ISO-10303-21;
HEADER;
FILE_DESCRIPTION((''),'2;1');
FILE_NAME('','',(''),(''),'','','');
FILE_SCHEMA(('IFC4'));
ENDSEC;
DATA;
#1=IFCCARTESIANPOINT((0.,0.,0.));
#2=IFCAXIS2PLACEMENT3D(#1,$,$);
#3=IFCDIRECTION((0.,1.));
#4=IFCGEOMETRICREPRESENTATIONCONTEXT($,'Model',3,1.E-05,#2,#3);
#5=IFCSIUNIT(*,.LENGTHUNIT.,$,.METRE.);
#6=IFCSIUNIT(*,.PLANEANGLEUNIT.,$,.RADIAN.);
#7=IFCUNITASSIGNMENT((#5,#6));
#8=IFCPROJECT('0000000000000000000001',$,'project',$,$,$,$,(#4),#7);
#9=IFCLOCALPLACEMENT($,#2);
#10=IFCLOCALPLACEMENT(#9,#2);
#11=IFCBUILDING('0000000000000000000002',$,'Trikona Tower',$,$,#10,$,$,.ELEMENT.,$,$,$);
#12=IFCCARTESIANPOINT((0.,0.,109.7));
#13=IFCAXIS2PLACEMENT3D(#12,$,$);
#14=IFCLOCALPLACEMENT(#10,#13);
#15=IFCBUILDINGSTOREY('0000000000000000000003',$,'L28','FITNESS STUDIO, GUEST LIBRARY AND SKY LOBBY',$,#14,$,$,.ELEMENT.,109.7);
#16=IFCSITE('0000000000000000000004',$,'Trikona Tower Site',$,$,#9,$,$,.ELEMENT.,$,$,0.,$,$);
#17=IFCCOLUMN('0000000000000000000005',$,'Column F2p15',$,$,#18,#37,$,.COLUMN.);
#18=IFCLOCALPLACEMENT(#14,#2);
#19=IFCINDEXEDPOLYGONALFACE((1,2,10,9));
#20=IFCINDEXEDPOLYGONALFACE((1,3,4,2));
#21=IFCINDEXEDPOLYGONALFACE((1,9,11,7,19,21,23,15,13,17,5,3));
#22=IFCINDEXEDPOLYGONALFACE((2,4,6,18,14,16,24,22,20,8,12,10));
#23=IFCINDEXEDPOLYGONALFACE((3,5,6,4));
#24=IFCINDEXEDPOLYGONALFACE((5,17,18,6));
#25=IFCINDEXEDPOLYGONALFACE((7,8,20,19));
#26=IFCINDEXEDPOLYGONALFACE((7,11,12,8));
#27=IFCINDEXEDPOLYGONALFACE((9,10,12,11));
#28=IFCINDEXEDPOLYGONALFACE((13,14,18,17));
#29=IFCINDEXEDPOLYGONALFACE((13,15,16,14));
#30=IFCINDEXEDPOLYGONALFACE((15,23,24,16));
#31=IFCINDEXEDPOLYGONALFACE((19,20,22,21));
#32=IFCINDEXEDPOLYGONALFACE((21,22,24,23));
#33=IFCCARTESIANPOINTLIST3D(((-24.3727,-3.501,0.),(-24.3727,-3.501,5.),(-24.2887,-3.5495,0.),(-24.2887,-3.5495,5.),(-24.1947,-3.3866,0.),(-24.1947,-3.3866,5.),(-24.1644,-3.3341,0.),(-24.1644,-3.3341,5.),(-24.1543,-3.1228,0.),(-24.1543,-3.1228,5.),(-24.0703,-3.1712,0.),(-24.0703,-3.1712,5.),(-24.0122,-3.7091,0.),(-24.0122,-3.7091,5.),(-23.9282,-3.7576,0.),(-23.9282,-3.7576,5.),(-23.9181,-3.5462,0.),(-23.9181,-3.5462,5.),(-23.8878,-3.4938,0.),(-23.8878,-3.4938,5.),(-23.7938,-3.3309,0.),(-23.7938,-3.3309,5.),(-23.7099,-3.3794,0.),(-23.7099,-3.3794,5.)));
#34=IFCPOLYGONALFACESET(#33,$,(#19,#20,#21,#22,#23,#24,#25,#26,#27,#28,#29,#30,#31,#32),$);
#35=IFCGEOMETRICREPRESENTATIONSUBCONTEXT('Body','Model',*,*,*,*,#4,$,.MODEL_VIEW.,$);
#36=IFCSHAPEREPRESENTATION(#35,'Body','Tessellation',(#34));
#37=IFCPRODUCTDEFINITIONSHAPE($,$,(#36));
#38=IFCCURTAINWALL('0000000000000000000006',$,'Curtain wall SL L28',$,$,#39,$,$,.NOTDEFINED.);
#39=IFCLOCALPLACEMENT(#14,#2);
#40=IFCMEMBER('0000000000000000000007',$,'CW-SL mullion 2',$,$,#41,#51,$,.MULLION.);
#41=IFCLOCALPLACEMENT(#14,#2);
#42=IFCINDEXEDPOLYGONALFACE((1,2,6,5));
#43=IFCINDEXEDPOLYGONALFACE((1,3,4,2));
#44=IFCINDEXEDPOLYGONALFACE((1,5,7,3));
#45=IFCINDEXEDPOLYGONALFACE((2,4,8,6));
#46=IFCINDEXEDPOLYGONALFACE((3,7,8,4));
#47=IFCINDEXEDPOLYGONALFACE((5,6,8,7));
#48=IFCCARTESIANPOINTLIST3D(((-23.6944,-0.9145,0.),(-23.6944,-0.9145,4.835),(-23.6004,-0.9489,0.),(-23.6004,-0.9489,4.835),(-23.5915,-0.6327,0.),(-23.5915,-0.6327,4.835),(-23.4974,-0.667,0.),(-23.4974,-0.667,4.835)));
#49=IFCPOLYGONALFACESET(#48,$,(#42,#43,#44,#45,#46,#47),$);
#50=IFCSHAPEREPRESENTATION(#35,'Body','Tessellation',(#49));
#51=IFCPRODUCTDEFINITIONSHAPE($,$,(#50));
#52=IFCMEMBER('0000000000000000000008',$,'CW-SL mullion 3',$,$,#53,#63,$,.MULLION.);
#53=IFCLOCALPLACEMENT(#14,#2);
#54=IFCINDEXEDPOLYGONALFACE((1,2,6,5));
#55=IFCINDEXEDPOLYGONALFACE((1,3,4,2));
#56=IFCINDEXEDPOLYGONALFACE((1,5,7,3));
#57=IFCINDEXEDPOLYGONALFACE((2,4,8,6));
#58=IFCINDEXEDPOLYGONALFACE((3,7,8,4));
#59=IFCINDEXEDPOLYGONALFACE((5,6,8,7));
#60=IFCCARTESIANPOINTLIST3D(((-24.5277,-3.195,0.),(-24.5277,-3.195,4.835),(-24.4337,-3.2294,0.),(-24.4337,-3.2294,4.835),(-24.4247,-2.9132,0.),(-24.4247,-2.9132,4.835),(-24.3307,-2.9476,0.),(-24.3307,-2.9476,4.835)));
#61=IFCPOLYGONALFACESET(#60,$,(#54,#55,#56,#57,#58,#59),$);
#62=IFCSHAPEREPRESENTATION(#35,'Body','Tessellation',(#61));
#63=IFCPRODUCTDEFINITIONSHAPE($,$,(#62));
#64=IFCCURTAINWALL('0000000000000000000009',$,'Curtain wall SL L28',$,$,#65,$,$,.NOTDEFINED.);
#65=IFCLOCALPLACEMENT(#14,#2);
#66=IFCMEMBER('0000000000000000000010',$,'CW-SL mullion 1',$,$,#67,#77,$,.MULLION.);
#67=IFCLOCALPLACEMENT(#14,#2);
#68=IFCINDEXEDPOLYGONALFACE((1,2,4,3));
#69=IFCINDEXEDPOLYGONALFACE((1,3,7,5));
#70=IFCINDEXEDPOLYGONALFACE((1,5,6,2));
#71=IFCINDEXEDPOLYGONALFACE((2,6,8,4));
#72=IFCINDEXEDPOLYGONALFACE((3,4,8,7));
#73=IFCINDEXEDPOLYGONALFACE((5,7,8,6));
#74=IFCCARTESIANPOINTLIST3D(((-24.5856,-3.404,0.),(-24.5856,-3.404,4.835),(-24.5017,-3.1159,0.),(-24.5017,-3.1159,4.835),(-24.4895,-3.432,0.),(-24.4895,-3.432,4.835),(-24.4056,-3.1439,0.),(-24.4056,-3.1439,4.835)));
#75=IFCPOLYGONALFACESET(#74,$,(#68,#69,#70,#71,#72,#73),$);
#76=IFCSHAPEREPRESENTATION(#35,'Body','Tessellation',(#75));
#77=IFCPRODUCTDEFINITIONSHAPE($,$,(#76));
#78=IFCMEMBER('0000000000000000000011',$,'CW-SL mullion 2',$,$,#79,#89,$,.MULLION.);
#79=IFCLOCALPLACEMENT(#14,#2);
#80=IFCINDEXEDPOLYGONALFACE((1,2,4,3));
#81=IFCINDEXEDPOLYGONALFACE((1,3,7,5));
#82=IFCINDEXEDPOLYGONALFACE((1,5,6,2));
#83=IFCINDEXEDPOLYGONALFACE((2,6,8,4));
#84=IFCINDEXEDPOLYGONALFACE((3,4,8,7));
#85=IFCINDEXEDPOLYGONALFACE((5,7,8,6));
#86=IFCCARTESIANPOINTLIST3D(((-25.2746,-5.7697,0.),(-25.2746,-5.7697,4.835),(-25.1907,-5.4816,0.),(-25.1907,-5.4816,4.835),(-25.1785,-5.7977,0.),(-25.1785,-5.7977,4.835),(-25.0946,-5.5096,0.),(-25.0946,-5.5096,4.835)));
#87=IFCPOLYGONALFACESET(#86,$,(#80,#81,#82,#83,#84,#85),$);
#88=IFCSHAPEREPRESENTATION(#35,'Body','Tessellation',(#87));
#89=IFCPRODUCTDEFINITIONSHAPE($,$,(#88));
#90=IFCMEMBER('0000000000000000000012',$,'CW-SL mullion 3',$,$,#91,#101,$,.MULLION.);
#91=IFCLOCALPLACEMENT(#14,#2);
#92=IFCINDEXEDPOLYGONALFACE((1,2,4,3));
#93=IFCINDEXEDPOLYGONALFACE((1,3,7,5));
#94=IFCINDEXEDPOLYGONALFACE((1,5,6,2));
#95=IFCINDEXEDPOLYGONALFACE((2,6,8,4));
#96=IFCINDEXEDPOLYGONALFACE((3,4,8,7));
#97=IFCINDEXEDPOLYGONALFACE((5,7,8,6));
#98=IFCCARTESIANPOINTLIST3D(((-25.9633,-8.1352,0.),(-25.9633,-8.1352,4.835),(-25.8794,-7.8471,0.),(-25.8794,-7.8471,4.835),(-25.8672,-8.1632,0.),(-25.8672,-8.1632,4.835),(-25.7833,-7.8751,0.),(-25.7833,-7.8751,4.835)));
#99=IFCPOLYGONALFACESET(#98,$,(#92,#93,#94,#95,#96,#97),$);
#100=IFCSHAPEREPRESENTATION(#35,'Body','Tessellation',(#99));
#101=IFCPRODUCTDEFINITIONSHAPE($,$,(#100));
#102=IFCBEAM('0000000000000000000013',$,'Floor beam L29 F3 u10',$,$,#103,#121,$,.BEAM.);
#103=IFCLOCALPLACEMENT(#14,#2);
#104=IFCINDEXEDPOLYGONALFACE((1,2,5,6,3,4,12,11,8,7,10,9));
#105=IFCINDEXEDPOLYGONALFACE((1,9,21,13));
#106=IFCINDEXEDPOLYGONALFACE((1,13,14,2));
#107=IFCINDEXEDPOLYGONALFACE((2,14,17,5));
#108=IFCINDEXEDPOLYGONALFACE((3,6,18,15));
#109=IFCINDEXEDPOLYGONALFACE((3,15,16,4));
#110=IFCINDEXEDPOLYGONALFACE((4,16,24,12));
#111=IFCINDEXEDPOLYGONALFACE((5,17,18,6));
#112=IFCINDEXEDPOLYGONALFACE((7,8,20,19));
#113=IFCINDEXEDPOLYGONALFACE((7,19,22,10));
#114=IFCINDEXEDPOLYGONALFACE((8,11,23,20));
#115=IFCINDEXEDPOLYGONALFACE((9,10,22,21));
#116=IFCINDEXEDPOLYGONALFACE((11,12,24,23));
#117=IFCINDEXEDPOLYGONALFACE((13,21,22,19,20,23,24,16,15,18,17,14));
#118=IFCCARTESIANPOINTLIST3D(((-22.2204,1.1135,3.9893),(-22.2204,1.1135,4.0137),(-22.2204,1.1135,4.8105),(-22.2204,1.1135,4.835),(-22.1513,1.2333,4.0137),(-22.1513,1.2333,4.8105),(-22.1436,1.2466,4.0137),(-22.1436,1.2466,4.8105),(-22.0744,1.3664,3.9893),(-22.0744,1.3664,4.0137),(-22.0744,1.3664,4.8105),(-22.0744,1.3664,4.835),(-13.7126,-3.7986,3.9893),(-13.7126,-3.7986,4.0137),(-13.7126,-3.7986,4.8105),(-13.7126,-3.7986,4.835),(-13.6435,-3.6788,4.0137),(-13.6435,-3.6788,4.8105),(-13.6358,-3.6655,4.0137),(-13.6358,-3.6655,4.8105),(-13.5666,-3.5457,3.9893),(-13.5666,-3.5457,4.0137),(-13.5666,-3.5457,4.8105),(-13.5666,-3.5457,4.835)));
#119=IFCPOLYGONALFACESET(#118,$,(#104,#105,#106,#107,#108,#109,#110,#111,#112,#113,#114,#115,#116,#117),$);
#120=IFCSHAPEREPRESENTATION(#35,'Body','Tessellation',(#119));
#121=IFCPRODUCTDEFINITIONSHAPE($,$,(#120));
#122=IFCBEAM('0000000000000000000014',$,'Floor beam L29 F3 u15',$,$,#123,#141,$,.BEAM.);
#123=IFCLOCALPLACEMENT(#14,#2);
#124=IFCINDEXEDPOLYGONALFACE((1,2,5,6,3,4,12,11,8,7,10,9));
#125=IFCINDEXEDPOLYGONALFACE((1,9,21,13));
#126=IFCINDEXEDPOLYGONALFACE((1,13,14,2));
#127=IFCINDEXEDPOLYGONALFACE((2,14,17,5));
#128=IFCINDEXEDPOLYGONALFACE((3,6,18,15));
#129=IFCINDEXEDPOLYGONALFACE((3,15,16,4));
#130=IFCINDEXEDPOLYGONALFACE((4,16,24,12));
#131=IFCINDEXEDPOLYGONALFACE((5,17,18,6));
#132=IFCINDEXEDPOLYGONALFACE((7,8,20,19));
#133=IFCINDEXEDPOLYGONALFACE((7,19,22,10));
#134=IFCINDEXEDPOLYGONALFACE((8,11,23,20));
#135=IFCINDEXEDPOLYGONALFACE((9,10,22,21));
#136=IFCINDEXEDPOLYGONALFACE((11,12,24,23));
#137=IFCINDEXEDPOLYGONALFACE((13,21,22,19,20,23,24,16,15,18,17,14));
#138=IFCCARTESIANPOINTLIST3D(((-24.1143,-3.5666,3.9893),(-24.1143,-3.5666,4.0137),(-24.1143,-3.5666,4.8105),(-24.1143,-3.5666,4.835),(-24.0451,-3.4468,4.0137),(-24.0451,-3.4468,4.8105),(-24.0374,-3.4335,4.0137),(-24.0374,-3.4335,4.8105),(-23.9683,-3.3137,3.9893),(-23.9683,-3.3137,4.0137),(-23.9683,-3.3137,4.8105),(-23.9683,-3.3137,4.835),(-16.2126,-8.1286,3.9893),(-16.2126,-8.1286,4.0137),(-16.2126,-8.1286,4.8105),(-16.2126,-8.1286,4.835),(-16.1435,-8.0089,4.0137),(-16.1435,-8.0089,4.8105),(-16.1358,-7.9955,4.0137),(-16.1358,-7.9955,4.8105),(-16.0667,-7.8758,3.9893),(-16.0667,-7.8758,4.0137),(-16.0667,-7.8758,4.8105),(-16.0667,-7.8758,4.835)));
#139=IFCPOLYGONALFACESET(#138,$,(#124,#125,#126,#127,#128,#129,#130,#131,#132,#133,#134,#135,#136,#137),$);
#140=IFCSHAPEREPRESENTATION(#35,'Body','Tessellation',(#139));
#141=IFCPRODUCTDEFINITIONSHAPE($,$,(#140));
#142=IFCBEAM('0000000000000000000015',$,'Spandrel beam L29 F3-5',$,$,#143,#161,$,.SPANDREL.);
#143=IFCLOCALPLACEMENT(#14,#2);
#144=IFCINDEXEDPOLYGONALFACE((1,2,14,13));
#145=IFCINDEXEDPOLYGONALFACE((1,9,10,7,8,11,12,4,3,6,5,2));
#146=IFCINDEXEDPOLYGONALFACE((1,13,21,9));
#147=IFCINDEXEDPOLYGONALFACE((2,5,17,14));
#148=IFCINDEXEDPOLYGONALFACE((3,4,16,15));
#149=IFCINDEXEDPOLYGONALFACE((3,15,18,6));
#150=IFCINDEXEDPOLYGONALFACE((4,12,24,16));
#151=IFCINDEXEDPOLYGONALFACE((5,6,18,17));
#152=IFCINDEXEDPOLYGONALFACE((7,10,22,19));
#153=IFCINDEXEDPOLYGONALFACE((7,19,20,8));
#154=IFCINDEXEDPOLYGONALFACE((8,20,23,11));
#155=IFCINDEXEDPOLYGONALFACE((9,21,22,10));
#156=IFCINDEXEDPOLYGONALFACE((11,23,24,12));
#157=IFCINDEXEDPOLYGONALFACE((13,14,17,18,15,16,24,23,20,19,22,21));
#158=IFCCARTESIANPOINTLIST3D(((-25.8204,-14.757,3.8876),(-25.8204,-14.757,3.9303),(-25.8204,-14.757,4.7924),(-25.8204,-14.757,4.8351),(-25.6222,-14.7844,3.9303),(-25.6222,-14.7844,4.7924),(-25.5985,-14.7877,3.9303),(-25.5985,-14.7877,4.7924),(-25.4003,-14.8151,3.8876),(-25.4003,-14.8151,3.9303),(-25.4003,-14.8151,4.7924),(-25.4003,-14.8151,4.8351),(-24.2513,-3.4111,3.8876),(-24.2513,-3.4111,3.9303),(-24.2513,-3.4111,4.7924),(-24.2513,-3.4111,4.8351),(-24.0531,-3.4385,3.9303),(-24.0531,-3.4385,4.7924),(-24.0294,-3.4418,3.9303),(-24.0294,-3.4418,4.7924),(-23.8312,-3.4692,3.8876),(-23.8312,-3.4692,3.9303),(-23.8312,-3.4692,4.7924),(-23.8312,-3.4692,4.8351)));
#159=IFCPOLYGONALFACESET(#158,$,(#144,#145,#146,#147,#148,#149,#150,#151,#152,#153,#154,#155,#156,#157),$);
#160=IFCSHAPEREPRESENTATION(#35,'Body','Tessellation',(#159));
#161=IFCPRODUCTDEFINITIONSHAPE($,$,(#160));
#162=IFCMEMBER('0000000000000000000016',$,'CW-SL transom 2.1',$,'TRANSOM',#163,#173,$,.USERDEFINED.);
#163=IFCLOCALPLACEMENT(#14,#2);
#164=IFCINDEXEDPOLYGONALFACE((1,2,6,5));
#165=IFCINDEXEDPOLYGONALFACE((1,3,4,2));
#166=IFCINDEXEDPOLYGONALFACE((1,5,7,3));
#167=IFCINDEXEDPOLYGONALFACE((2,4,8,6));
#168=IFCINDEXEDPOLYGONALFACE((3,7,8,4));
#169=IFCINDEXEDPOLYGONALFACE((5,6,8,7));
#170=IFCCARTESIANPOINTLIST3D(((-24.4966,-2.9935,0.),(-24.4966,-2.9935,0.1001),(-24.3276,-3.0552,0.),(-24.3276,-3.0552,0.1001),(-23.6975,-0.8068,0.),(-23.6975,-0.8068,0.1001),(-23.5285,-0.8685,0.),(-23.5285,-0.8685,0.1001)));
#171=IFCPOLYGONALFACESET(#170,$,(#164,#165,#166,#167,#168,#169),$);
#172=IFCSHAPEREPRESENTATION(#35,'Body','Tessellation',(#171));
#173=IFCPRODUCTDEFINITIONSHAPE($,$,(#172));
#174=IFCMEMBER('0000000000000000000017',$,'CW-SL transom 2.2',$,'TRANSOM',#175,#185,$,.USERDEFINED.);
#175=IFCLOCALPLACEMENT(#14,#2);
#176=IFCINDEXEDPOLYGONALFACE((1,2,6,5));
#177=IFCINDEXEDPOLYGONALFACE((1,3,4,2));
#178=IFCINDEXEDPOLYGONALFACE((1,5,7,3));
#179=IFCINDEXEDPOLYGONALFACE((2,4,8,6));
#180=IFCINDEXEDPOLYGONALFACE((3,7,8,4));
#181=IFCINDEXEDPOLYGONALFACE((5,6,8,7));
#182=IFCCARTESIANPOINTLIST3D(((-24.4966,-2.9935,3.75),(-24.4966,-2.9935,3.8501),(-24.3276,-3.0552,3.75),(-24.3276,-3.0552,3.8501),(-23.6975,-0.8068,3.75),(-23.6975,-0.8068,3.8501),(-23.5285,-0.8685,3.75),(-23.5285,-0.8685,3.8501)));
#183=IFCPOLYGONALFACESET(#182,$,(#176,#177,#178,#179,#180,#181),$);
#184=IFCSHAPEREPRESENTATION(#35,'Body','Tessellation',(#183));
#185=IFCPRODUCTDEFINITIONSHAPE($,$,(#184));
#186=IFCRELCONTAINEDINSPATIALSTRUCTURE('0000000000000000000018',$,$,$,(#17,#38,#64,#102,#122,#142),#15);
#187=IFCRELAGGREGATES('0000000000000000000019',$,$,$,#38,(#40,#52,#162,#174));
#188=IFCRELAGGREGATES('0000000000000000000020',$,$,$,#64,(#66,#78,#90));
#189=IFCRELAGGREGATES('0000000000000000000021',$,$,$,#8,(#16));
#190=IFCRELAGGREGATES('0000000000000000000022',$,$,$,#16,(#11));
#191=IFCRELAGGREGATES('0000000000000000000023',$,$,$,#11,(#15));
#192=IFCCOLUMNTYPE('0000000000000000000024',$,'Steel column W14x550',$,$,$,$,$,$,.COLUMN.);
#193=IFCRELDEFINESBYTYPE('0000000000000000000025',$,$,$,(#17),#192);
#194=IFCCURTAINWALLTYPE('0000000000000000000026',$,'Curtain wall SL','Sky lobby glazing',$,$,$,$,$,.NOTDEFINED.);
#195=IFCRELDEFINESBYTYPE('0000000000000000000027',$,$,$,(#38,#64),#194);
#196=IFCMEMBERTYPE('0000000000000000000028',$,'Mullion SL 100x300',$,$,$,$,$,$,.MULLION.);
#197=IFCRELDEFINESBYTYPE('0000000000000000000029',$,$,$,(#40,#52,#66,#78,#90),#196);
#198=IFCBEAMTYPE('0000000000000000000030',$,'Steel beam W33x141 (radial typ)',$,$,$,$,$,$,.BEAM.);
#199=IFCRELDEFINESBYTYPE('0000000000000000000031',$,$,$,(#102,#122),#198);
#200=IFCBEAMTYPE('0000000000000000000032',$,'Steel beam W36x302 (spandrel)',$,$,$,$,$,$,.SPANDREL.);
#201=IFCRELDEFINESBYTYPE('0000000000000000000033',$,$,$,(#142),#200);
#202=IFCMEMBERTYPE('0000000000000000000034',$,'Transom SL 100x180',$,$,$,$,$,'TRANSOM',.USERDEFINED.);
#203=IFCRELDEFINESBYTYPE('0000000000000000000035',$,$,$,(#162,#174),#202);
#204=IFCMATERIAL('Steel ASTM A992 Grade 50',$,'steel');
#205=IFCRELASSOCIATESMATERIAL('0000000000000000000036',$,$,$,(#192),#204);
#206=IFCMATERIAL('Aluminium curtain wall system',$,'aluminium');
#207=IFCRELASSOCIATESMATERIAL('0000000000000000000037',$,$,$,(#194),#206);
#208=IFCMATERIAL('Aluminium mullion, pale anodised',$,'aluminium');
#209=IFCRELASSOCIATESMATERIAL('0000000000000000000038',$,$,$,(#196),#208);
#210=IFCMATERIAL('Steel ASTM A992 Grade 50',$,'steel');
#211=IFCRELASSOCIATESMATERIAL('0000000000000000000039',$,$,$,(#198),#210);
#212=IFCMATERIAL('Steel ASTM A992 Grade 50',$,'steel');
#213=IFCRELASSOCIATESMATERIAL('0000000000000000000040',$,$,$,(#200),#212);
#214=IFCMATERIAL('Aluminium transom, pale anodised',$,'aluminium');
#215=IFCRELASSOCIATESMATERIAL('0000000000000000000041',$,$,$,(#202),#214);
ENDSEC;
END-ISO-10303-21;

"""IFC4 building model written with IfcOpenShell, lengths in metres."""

from ifc_helpers import new_model, si_unit, direction, frame, origin, origin_2d, place, context, subcontext, project, spatial, rectangle, i_section, extrude, material, material_profile, profile_set, type_object, element, aggregate, save


model = new_model("IFC4")

# Units and contexts
model_context = context("Model", 3, precision=1e-05, world=origin(), true_north=direction((0.0, 1.0)))
body_context = subcontext(model_context, "Body", "Model", "MODEL_VIEW")
ifc_project = project(units=[si_unit("LENGTHUNIT", "METRE"), si_unit("PLANEANGLEUNIT", "RADIAN")], contexts=[model_context])

# Site, building, storey
site_placement = place(None, origin())
site = spatial("IfcSite", under=ifc_project, at=site_placement, Name="Trikona Tower Site", CompositionType="ELEMENT", RefElevation=0.0)
building_placement = place(site_placement, origin())
building = spatial("IfcBuilding", under=site, at=building_placement, Name="Trikona Tower", CompositionType="ELEMENT")
storey_placement = place(building_placement, frame((0.0, 0.0, 109.7)))
storey = spatial("IfcBuildingStorey", under=building, at=storey_placement, Name="L28", Description="FITNESS STUDIO, GUEST LIBRARY AND SKY LOBBY", CompositionType="ELEMENT", Elevation=109.7)

# Column
ifc_material_1 = material(Name="Steel ASTM A992 Grade 50", Category="steel")
ifc_material_profile_1 = material_profile(ifc_material_1, i_section(OverallWidth=0.4368, OverallDepth=0.5132, WebThickness=0.0605, FlangeThickness=0.0969, at=origin_2d()), Name="W14X550")
ifc_profile_set_1 = profile_set([ifc_material_profile_1], Name="Steel ASTM A992 Grade 50")
column_type = type_object("IfcColumnType", Name="Steel column W14x550", PredefinedType="COLUMN", material=ifc_profile_set_1)
column_placement = place(storey_placement, frame((-24.0413, -3.4402, 0.0), z_axis=(0.0, 0.0, 1.0), x_axis=(-0.5, -0.866025, 0.0)))
element("IfcColumn", 1, at=column_placement, inside=storey, type_object=column_type, Name="Column F2p15", PredefinedType="COLUMN", context=body_context, shape_type="SweptSolid", body=[
    extrude(i_section(OverallWidth=0.4368, OverallDepth=0.5132, WebThickness=0.0605, FlangeThickness=0.0969, at=origin_2d()), origin(), (0.0, 0.0, 1.0), 5.0),
])

# Curtain walls, members
ifc_material_2 = material(Name="Aluminium curtain wall system", Category="aluminium")
curtain_wall_type = type_object("IfcCurtainWallType", Name="Curtain wall SL", Description="Sky lobby glazing", PredefinedType="NOTDEFINED", material=ifc_material_2)
curtain_wall_1_placement = place(storey_placement, origin())
curtain_wall_1 = element("IfcCurtainWall", 2, at=curtain_wall_1_placement, inside=storey, type_object=curtain_wall_type, Name="Curtain wall SL L28", PredefinedType="NOTDEFINED")
ifc_material_3 = material(Name="Aluminium mullion, pale anodised", Category="aluminium")
ifc_material_profile_2 = material_profile(ifc_material_3, rectangle(XDim=0.1001, YDim=0.3, at=origin_2d()), Name="MUL-SL")
ifc_profile_set_2 = profile_set([ifc_material_profile_2], Name="Aluminium mullion, pale anodised")
member_type_1 = type_object("IfcMemberType", Name="Mullion SL 100x300", PredefinedType="MULLION", material=ifc_profile_set_2)
member_1_placement = place(storey_placement, frame((-23.5959, -0.7908, 0.0), z_axis=(0.0, 0.0, 1.0), x_axis=(0.939256, -0.343217, 0.0)))
member_1 = element("IfcMember", 3, at=member_1_placement, type_object=member_type_1, Name="CW-SL mullion 2", PredefinedType="MULLION", context=body_context, shape_type="SweptSolid", body=[
    extrude(rectangle(XDim=0.1001, YDim=0.3, at=origin_2d()), origin(), (0.0, 0.0, 1.0), 4.835),
])
member_2_placement = place(storey_placement, frame((-24.4292, -3.0713, 0.0), z_axis=(0.0, 0.0, 1.0), x_axis=(0.939256, -0.343217, 0.0)))
member_2 = element("IfcMember", 4, at=member_2_placement, type_object=member_type_1, Name="CW-SL mullion 3", PredefinedType="MULLION", context=body_context, shape_type="SweptSolid", body=[
    extrude(rectangle(XDim=0.1001, YDim=0.3, at=origin_2d()), origin(), (0.0, 0.0, 1.0), 4.835),
])
curtain_wall_2_placement = place(storey_placement, origin())
curtain_wall_2 = element("IfcCurtainWall", 5, at=curtain_wall_2_placement, inside=storey, type_object=curtain_wall_type, Name="Curtain wall SL L28", PredefinedType="NOTDEFINED")
member_3_placement = place(storey_placement, frame((-24.4956, -3.2739, 0.0), z_axis=(0.0, 0.0, 1.0), x_axis=(0.960132, -0.279549, 0.0)))
member_3 = element("IfcMember", 6, at=member_3_placement, type_object=member_type_1, Name="CW-SL mullion 1", PredefinedType="MULLION", context=body_context, shape_type="SweptSolid", body=[
    extrude(rectangle(XDim=0.1001, YDim=0.3, at=origin_2d()), origin(), (0.0, 0.0, 1.0), 4.835),
])
member_4_placement = place(storey_placement, frame((-25.1846, -5.6396, 0.0), z_axis=(0.0, 0.0, 1.0), x_axis=(0.960132, -0.279549, 0.0)))
member_4 = element("IfcMember", 7, at=member_4_placement, type_object=member_type_1, Name="CW-SL mullion 2", PredefinedType="MULLION", context=body_context, shape_type="SweptSolid", body=[
    extrude(rectangle(XDim=0.1001, YDim=0.3, at=origin_2d()), origin(), (0.0, 0.0, 1.0), 4.835),
])
member_5_placement = place(storey_placement, frame((-25.8733, -8.0051, 0.0), z_axis=(0.0, 0.0, 1.0), x_axis=(0.960132, -0.279549, 0.0)))
member_5 = element("IfcMember", 8, at=member_5_placement, type_object=member_type_1, Name="CW-SL mullion 3", PredefinedType="MULLION", context=body_context, shape_type="SweptSolid", body=[
    extrude(rectangle(XDim=0.1001, YDim=0.3, at=origin_2d()), origin(), (0.0, 0.0, 1.0), 4.835),
])

# Beams
ifc_material_4 = material(Name="Steel ASTM A992 Grade 50", Category="steel")
ifc_material_profile_3 = material_profile(ifc_material_4, i_section(OverallWidth=0.292, OverallDepth=0.8457, WebThickness=0.0154, FlangeThickness=0.0244, at=origin_2d()), Name="W33X141")
ifc_profile_set_3 = profile_set([ifc_material_profile_3], Name="Steel ASTM A992 Grade 50")
beam_type_1 = type_object("IfcBeamType", Name="Steel beam W33x141 (radial typ)", PredefinedType="BEAM", material=ifc_profile_set_3)
beam_1_placement = place(storey_placement, frame((-13.6396, -3.6721, 4.4121), z_axis=(-0.86602, 0.500009, 0.0), x_axis=(-0.500009, -0.86602, 0.0)))
element("IfcBeam", 9, at=beam_1_placement, inside=storey, type_object=beam_type_1, Name="Floor beam L29 F3 u10", PredefinedType="BEAM", context=body_context, shape_type="SweptSolid", body=[
    extrude(i_section(OverallWidth=0.292, OverallDepth=0.8457, WebThickness=0.0154, FlangeThickness=0.0244, at=origin_2d()), origin(), (0.0, 0.0, 1.0), 9.824),
])
beam_2_placement = place(storey_placement, frame((-16.1396, -8.0022, 4.4121), z_axis=(-0.866025, 0.500001, 0.0), x_axis=(-0.500001, -0.866025, 0.0)))
element("IfcBeam", 10, at=beam_2_placement, inside=storey, type_object=beam_type_1, Name="Floor beam L29 F3 u15", PredefinedType="BEAM", context=body_context, shape_type="SweptSolid", body=[
    extrude(i_section(OverallWidth=0.292, OverallDepth=0.8457, WebThickness=0.0154, FlangeThickness=0.0244, at=origin_2d()), origin(), (0.0, 0.0, 1.0), 9.124),
])
ifc_material_5 = material(Name="Steel ASTM A992 Grade 50", Category="steel")
ifc_material_profile_4 = material_profile(ifc_material_5, i_section(OverallWidth=0.4241, OverallDepth=0.9475, WebThickness=0.0239, FlangeThickness=0.0427, at=origin_2d()), Name="W36X302")
ifc_profile_set_4 = profile_set([ifc_material_profile_4], Name="Steel ASTM A992 Grade 50")
beam_type_2 = type_object("IfcBeamType", Name="Steel beam W36x302 (spandrel)", PredefinedType="SPANDREL", material=ifc_profile_set_4)
beam_3_placement = place(storey_placement, frame((-24.0413, -3.4402, 4.3613), z_axis=(-0.136992, -0.990572, 0.0), x_axis=(0.990572, -0.136992, 0.0)))
element("IfcBeam", 11, at=beam_3_placement, inside=storey, type_object=beam_type_2, Name="Spandrel beam L29 F3-5", PredefinedType="SPANDREL", context=body_context, shape_type="SweptSolid", body=[
    extrude(i_section(OverallWidth=0.4241, OverallDepth=0.9475, WebThickness=0.0239, FlangeThickness=0.0427, at=origin_2d()), origin(), (0.0, 0.0, 1.0), 11.4539),
])

# Members
ifc_material_6 = material(Name="Aluminium transom, pale anodised", Category="aluminium")
ifc_material_profile_5 = material_profile(ifc_material_6, rectangle(XDim=0.1799, YDim=0.1001, at=origin_2d()), Name="TRN-SL")
ifc_profile_set_5 = profile_set([ifc_material_profile_5], Name="Aluminium transom, pale anodised")
member_type_2 = type_object("IfcMemberType", Name="Transom SL 100x180", ElementType="TRANSOM", PredefinedType="USERDEFINED", material=ifc_profile_set_5)
member_6_placement = place(storey_placement, frame((-23.613, -0.8376, 0.05), z_axis=(-0.343216, -0.939256, 0.0), x_axis=(0.939256, -0.343216, 0.0)))
member_6 = element("IfcMember", 12, at=member_6_placement, type_object=member_type_2, Name="CW-SL transom 2.1", ObjectType="TRANSOM", PredefinedType="USERDEFINED", context=body_context, shape_type="SweptSolid", body=[
    extrude(rectangle(XDim=0.1799, YDim=0.1001, at=origin_2d()), origin(), (0.0, 0.0, 1.0), 2.3281),
])
member_7_placement = place(storey_placement, frame((-23.613, -0.8376, 3.8), z_axis=(-0.343216, -0.939256, 0.0), x_axis=(0.939256, -0.343216, 0.0)))
member_7 = element("IfcMember", 13, at=member_7_placement, type_object=member_type_2, Name="CW-SL transom 2.2", ObjectType="TRANSOM", PredefinedType="USERDEFINED", context=body_context, shape_type="SweptSolid", body=[
    extrude(rectangle(XDim=0.1799, YDim=0.1001, at=origin_2d()), origin(), (0.0, 0.0, 1.0), 2.3281),
])

aggregate(curtain_wall_1, [member_1, member_2, member_6, member_7])
aggregate(curtain_wall_2, [member_3, member_4, member_5])

save(model, "model.ifc")
